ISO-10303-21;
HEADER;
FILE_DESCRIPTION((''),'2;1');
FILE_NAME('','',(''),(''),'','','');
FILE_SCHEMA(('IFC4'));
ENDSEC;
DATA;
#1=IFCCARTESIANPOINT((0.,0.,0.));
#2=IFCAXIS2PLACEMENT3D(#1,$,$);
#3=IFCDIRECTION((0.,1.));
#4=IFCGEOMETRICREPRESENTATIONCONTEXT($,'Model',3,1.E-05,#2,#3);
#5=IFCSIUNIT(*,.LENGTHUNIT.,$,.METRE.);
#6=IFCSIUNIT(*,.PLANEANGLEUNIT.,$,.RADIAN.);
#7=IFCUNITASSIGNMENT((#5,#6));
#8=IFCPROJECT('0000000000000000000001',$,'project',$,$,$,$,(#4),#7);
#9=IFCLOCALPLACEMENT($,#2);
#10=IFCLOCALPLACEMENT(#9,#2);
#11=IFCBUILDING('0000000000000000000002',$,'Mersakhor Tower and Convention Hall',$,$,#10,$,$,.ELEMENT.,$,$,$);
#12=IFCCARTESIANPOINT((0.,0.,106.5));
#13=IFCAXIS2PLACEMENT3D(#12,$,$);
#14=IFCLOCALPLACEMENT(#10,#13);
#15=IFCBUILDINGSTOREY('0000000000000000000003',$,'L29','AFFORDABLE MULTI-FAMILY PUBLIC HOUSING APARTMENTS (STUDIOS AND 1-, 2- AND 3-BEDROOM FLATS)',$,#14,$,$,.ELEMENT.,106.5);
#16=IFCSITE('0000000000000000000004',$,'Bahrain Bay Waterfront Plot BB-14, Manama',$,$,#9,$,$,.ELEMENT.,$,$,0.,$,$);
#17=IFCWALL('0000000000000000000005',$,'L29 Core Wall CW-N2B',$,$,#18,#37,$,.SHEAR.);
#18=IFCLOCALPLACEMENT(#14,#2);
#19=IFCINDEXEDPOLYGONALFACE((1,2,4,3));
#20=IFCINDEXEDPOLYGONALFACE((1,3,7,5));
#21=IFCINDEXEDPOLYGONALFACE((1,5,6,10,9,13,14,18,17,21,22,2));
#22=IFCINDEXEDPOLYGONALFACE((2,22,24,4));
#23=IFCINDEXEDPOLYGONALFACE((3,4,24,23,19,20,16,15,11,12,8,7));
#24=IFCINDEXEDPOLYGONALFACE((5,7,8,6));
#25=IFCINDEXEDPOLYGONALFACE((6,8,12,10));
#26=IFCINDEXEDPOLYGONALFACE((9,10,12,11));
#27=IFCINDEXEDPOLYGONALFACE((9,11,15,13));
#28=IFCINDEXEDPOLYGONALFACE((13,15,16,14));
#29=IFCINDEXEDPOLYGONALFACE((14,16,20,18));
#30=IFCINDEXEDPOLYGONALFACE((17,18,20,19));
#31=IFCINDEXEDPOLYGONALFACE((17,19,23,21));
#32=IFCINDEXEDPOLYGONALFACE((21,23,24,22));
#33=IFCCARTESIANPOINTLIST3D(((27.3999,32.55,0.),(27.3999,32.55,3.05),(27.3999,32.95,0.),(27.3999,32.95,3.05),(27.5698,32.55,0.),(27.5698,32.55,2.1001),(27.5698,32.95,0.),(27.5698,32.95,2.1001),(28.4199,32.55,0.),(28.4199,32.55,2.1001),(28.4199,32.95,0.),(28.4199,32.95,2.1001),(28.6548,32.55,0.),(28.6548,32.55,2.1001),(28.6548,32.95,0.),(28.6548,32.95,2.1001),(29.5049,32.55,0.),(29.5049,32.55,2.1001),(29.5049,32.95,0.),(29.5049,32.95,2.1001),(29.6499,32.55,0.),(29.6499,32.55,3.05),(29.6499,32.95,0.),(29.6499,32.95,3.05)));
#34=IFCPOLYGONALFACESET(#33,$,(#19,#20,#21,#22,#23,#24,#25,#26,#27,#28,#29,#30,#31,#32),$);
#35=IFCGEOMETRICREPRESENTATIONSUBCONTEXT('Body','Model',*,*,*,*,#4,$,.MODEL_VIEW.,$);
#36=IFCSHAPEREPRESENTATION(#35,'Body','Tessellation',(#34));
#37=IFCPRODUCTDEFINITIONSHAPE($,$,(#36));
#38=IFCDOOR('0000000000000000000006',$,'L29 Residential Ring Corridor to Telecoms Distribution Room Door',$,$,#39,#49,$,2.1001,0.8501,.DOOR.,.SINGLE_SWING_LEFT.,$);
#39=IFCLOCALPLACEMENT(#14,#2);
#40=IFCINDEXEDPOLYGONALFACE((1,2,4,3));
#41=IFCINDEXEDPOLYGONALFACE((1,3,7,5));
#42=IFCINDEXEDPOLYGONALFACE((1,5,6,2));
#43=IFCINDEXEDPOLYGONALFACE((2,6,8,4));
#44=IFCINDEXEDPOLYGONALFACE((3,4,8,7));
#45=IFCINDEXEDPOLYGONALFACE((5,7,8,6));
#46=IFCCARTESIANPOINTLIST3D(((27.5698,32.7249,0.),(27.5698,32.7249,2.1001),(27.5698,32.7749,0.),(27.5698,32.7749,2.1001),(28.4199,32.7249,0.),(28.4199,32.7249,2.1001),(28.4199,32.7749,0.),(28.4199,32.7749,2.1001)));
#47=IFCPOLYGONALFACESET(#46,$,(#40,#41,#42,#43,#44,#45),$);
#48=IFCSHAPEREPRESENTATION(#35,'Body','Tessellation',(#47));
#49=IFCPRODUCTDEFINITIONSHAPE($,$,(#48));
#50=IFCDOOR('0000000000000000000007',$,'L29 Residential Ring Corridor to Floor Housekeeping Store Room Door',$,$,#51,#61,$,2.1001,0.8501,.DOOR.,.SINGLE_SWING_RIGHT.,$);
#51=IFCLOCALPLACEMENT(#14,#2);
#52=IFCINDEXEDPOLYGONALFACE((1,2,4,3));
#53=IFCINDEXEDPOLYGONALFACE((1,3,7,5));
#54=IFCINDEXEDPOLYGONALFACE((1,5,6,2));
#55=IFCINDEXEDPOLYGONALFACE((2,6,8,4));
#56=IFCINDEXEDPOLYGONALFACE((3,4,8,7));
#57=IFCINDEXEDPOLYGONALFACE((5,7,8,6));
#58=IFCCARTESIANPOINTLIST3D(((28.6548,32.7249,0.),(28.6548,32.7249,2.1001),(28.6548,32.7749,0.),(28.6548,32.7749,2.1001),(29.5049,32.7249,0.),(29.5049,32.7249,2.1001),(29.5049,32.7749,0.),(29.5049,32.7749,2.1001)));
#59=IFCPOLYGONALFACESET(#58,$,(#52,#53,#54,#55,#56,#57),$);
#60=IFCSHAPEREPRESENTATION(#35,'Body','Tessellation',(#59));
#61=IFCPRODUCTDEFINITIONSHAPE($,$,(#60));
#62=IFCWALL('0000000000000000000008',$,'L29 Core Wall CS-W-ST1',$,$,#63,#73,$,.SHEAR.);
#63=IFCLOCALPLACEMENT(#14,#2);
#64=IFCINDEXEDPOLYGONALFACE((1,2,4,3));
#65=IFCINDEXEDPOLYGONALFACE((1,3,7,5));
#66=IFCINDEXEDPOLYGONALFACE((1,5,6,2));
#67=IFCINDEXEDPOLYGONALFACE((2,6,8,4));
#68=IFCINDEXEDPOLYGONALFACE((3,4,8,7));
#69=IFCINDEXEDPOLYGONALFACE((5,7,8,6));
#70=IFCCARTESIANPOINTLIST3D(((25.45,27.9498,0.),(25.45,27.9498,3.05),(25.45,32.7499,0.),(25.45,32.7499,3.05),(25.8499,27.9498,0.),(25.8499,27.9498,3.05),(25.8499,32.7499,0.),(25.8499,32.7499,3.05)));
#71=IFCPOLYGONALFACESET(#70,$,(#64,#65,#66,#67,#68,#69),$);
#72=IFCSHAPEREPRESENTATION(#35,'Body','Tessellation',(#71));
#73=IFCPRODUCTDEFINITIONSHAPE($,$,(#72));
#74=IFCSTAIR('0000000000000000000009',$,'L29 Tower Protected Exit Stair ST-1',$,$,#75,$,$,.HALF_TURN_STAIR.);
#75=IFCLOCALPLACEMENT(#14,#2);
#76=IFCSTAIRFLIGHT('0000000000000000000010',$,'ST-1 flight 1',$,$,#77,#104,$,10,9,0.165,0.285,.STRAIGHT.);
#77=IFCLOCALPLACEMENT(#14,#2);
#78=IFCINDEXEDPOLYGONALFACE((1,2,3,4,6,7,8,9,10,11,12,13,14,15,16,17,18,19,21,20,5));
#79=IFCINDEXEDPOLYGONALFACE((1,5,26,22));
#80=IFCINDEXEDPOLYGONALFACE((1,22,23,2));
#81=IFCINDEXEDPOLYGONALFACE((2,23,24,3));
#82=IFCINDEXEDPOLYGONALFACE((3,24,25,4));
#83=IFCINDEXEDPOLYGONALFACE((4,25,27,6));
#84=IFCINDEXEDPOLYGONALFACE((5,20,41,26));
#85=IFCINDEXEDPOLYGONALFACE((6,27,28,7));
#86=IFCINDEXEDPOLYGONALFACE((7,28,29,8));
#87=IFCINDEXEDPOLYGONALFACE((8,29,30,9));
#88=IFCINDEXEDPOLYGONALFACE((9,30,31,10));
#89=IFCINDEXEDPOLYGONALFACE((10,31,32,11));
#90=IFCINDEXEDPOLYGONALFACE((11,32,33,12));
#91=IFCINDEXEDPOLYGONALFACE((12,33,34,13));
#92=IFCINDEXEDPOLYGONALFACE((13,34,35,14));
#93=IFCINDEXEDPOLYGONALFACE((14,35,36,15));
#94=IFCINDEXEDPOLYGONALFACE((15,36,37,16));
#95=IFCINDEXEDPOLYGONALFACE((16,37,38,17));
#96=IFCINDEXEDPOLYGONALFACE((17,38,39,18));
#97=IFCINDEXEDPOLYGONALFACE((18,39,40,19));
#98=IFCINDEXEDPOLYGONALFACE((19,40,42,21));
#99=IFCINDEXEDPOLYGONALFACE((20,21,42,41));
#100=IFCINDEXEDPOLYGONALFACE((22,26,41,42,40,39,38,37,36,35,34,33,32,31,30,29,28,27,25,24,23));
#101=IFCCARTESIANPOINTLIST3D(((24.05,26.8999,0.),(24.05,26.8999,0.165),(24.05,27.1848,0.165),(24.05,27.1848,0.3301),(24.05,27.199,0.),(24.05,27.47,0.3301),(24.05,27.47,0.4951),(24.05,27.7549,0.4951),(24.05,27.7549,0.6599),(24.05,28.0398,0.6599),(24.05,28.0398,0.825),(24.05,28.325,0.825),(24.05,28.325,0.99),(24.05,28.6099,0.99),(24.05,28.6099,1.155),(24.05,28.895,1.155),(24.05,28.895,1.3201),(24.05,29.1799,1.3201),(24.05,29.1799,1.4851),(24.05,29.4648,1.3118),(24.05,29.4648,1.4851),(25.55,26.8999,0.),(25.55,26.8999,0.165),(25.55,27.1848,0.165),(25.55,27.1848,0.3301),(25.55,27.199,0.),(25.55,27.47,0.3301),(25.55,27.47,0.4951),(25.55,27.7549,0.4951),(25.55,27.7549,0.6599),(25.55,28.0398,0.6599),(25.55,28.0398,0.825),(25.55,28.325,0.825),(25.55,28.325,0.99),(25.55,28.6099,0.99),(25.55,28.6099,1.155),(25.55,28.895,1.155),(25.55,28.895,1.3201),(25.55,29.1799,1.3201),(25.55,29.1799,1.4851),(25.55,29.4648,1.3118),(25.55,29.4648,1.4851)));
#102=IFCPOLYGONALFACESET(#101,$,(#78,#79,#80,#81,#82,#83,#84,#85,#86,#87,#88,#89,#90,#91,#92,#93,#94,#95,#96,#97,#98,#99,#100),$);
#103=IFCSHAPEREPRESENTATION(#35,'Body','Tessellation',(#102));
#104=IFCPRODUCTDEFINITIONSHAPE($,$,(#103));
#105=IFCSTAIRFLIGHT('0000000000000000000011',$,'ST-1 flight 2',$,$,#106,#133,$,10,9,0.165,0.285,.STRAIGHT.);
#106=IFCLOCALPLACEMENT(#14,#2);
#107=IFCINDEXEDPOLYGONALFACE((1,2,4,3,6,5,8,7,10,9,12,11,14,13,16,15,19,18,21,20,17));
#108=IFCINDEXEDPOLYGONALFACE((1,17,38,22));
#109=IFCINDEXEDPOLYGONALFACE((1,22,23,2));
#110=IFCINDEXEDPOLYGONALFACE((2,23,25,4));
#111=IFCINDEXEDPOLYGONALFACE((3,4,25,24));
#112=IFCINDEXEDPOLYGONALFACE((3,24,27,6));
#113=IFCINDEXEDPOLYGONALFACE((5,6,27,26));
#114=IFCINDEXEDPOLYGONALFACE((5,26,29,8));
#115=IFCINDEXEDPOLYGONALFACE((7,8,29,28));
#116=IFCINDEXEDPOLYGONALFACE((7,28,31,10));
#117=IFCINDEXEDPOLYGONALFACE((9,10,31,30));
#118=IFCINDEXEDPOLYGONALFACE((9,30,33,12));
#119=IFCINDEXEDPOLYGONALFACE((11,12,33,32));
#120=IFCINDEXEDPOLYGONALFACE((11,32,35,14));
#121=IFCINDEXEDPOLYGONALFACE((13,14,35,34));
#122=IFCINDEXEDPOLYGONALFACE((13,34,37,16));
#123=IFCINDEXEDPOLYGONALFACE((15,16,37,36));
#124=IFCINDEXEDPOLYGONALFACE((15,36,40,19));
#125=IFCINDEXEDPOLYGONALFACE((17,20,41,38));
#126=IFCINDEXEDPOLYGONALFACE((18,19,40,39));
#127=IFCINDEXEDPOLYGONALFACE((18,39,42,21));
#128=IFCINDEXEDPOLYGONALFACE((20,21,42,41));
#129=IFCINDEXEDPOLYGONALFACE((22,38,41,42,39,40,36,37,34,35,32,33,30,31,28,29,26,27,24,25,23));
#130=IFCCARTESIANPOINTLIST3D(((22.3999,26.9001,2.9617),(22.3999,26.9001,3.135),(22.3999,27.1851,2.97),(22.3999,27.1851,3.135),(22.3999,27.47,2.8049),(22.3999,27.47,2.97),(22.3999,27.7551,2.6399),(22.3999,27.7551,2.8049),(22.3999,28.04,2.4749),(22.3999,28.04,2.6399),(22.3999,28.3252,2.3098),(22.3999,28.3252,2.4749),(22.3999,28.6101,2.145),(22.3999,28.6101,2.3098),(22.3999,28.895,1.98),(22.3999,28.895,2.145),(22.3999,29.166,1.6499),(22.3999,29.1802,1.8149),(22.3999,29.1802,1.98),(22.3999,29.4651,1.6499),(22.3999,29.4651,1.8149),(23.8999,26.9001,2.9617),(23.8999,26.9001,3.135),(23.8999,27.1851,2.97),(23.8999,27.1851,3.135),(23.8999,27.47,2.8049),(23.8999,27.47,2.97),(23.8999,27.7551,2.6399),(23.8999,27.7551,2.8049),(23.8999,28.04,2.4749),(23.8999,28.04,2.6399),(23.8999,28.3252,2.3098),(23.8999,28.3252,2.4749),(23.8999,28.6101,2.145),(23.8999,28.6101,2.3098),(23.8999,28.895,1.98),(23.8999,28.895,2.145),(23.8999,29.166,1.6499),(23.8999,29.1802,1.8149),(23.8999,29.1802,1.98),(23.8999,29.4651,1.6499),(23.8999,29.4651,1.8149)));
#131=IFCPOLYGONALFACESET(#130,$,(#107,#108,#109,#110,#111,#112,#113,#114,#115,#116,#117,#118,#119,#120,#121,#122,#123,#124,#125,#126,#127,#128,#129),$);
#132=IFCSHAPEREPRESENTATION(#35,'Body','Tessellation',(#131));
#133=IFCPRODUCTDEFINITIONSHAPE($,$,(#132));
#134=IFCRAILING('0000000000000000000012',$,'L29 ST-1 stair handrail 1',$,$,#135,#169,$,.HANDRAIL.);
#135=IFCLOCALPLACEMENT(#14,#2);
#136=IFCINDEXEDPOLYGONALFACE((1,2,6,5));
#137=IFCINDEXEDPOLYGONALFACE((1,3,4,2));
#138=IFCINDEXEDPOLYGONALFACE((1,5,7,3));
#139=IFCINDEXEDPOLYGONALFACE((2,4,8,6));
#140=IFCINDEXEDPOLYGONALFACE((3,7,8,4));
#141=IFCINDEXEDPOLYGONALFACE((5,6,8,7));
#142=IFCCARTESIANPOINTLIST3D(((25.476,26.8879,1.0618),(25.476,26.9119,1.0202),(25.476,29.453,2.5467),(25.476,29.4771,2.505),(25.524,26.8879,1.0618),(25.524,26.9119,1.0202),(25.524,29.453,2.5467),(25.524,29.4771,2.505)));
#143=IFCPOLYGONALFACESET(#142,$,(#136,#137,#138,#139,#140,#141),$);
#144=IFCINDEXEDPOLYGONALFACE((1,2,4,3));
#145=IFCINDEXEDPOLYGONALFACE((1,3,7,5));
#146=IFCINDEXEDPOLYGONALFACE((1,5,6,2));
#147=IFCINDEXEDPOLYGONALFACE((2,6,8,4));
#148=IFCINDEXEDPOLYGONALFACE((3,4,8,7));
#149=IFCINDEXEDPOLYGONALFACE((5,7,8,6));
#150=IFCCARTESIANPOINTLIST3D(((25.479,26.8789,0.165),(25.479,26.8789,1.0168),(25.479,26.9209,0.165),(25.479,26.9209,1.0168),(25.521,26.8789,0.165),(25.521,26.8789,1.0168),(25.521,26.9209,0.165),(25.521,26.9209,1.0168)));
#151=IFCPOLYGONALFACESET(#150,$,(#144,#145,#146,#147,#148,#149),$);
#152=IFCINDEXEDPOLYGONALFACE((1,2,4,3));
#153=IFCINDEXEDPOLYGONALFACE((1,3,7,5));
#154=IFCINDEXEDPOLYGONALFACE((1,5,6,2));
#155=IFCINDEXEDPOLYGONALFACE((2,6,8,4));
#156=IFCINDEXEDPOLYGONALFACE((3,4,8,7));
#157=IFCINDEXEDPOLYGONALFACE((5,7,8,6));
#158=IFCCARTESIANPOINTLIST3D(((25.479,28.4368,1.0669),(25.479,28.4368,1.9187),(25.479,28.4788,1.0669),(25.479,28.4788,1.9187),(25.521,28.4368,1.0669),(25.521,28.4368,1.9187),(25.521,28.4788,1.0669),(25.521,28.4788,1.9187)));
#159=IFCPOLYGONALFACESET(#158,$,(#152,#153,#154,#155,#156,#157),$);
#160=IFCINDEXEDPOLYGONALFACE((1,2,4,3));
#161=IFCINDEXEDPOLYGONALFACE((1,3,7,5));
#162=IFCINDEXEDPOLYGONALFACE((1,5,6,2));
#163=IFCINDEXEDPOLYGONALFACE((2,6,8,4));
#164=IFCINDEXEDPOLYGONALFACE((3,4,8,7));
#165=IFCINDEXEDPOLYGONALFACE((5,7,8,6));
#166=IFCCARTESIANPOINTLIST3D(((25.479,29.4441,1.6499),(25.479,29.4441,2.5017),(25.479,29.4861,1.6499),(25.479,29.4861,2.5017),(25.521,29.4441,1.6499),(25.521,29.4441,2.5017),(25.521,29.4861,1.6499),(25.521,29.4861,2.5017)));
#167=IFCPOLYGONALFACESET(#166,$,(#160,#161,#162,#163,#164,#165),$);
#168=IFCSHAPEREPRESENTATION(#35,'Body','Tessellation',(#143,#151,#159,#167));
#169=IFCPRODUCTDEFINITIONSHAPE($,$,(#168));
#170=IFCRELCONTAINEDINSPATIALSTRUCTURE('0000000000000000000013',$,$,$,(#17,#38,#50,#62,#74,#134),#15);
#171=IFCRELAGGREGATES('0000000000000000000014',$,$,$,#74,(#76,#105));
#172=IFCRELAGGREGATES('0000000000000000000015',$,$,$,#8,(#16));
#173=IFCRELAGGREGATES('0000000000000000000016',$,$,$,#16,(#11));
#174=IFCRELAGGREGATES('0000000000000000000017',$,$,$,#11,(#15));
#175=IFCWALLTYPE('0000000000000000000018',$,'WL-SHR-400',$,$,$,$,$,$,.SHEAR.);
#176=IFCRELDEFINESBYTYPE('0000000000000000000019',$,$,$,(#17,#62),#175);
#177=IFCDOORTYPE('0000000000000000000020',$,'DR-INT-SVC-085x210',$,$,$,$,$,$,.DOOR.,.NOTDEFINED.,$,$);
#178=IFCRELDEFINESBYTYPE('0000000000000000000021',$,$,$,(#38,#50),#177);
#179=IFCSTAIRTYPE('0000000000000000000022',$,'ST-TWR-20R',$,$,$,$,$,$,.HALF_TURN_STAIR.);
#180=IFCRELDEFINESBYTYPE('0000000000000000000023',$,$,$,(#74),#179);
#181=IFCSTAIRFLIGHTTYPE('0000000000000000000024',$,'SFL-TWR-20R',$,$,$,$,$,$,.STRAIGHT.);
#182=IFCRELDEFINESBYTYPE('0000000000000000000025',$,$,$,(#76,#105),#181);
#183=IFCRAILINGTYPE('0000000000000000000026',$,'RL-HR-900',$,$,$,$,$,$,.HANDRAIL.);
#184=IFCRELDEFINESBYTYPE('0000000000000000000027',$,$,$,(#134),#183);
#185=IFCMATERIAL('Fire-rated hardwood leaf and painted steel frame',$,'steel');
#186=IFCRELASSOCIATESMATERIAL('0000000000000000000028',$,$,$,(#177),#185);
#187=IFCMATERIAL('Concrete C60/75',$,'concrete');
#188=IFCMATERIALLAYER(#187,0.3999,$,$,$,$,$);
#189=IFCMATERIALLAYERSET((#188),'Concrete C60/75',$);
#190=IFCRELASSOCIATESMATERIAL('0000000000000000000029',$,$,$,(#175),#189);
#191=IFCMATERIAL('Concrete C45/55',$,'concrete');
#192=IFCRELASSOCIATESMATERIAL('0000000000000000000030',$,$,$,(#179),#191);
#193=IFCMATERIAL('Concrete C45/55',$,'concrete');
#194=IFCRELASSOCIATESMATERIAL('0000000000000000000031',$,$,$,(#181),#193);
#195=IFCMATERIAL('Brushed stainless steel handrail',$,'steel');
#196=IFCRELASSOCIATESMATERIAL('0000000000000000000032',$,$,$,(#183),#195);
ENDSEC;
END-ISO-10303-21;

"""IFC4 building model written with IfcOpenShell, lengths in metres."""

from ifc_helpers import new_model, si_unit, direction, frame, frame_2d, origin, origin_2d, place, context, subcontext, project, spatial, polyline, rectangle, outline, extrude, material, layer, layer_set, type_object, element, fill, aggregate, save


model = new_model("IFC4")

# Units and contexts
model_context = context("Model", 3, precision=1e-05, world=origin(), true_north=direction((0.0, 1.0)))
body_context = subcontext(model_context, "Body", "Model", "MODEL_VIEW")
ifc_project = project(units=[si_unit("LENGTHUNIT", "METRE"), si_unit("PLANEANGLEUNIT", "RADIAN")], contexts=[model_context])

# Site, building, storey
site_placement = place(None, origin())
site = spatial("IfcSite", under=ifc_project, at=site_placement, Name="Bahrain Bay Waterfront Plot BB-14, Manama", CompositionType="ELEMENT", RefElevation=0.0)
building_placement = place(site_placement, origin())
building = spatial("IfcBuilding", under=site, at=building_placement, Name="Mersakhor Tower and Convention Hall", CompositionType="ELEMENT")
storey_placement = place(building_placement, frame((0.0, 0.0, 106.5)))
storey = spatial("IfcBuildingStorey", under=building, at=storey_placement, Name="L29", Description="AFFORDABLE MULTI-FAMILY PUBLIC HOUSING APARTMENTS (STUDIOS AND 1-, 2- AND 3-BEDROOM FLATS)", CompositionType="ELEMENT", Elevation=106.5)

# Shared definitions
ifc_material_1 = material(Name="Fire-rated hardwood leaf and painted steel frame", Category="steel")
door_type_1 = type_object("IfcDoorType", Name="DR-INT-SVC-085x210", OperationType="NOTDEFINED", PredefinedType="DOOR", material=ifc_material_1)

# Shared definitions
ifc_material_2 = material(Name="Concrete C60/75", Category="concrete")
ifc_layer_1 = layer(ifc_material_2, 0.3999)
ifc_layer_set_1 = layer_set([ifc_layer_1], Name="Concrete C60/75")
wall_type_1 = type_object("IfcWallType", Name="WL-SHR-400", PredefinedType="SHEAR", material=ifc_layer_set_1)

# Wall, openings, doors
wall_1_placement = place(storey_placement, frame((27.3999, 32.75, 0.0), z_axis=(0.0, 0.0, 1.0), x_axis=(1.0, 0.0, 0.0)))
wall_1 = element("IfcWall", 1, at=wall_1_placement, inside=storey, type_object=wall_type_1, Name="L29 Core Wall CW-N2B", PredefinedType="SHEAR", context=body_context, shape_type="SweptSolid", body=[
    extrude(rectangle(XDim=2.25, YDim=0.3999, at=frame_2d((1.125, 0.0))), origin(), (0.0, 0.0, 1.0), 3.05),
])
opening_1_placement = place(wall_1_placement, frame((0.1699, 0.0, 0.0)))
opening_1 = element("IfcOpeningElement", 2, at=opening_1_placement, cuts=wall_1, PredefinedType="OPENING", context=body_context, shape_type="SweptSolid", body=[
    extrude(rectangle(XDim=0.8501, YDim=2.1001, at=frame_2d((0.425, 1.05))), frame((0.0, 0.21, 0.0), z_axis=(0.0, -1.0, 0.0), x_axis=(1.0, 0.0, 0.0)), (0.0, 0.0, 1.0), 0.4199),
])
opening_2_placement = place(wall_1_placement, frame((1.2549, 0.0, 0.0)))
opening_2 = element("IfcOpeningElement", 3, at=opening_2_placement, cuts=wall_1, PredefinedType="OPENING", context=body_context, shape_type="SweptSolid", body=[
    extrude(rectangle(XDim=0.8501, YDim=2.1001, at=frame_2d((0.425, 1.05))), frame((0.0, 0.21, 0.0), z_axis=(0.0, -1.0, 0.0), x_axis=(1.0, 0.0, 0.0)), (0.0, 0.0, 1.0), 0.4199),
])
door_1_placement = place(opening_1_placement, origin())
door_1 = element("IfcDoor", 4, at=door_1_placement, inside=storey, type_object=door_type_1, Name="L29 Residential Ring Corridor to Telecoms Distribution Room Door", OperationType="SINGLE_SWING_LEFT", OverallHeight=2.1001, OverallWidth=0.8501, PredefinedType="DOOR", context=body_context, shape_type="SweptSolid", body=[
    extrude(rectangle(XDim=0.8501, YDim=2.1001, at=frame_2d((0.425, 1.05))), frame((0.0, 0.0249, 0.0), z_axis=(0.0, -1.0, 0.0), x_axis=(1.0, 0.0, 0.0)), (0.0, 0.0, 1.0), 0.05),
])
fill(opening_1, door_1)
door_2_placement = place(opening_2_placement, origin())
door_2 = element("IfcDoor", 5, at=door_2_placement, inside=storey, type_object=door_type_1, Name="L29 Residential Ring Corridor to Floor Housekeeping Store Room Door", OperationType="SINGLE_SWING_RIGHT", OverallHeight=2.1001, OverallWidth=0.8501, PredefinedType="DOOR", context=body_context, shape_type="SweptSolid", body=[
    extrude(rectangle(XDim=0.8501, YDim=2.1001, at=frame_2d((0.425, 1.05))), frame((0.0, 0.0249, 0.0), z_axis=(0.0, -1.0, 0.0), x_axis=(1.0, 0.0, 0.0)), (0.0, 0.0, 1.0), 0.05),
])
fill(opening_2, door_2)

# Wall
wall_2_placement = place(storey_placement, frame((25.6499, 27.95, 0.0), z_axis=(0.0, 0.0, 1.0), x_axis=(0.0, 1.0, 0.0)))
element("IfcWall", 6, at=wall_2_placement, inside=storey, type_object=wall_type_1, Name="L29 Core Wall CS-W-ST1", PredefinedType="SHEAR", context=body_context, shape_type="SweptSolid", body=[
    extrude(rectangle(XDim=4.8, YDim=0.3999, at=frame_2d((2.3999, 0.0))), origin(), (0.0, 0.0, 1.0), 3.05),
])

# Stair, stair flights
ifc_material_3 = material(Name="Concrete C45/55", Category="concrete")
stair_type = type_object("IfcStairType", Name="ST-TWR-20R", PredefinedType="HALF_TURN_STAIR", material=ifc_material_3)
stair_placement = place(storey_placement, origin())
stair = element("IfcStair", 7, at=stair_placement, inside=storey, type_object=stair_type, Name="L29 Tower Protected Exit Stair ST-1", PredefinedType="HALF_TURN_STAIR")
ifc_material_4 = material(Name="Concrete C45/55", Category="concrete")
stair_flight_type = type_object("IfcStairFlightType", Name="SFL-TWR-20R", PredefinedType="STRAIGHT", material=ifc_material_4)
stair_flight_1_placement = place(storey_placement, frame((24.8, 26.8999, 0.0), z_axis=(0.0, 0.0, 1.0), x_axis=(0.0, 1.0, 0.0)))
stair_flight_1 = element("IfcStairFlight", 8, at=stair_flight_1_placement, type_object=stair_flight_type, Name="ST-1 flight 1", NumberOfRisers=10, NumberOfTreads=9, PredefinedType="STRAIGHT", RiserHeight=0.165, TreadLength=0.285, context=body_context, shape_type="SweptSolid", body=[
    extrude(outline(polyline([(0.0, 0.0), (0.0, 0.165), (0.2849, 0.165), (0.2849, 0.3301), (0.5701, 0.3301), (0.5701, 0.4951), (0.855, 0.4951), (0.855, 0.6599), (1.1399, 0.6599), (1.1399, 0.825), (1.425, 0.825), (1.425, 0.99), (1.71, 0.99), (1.71, 1.155), (1.9951, 1.155), (1.9951, 1.3201), (2.28, 1.3201), (2.28, 1.4851), (2.5649, 1.4851), (2.5649, 1.6499), (2.5649, 1.3118), (0.2991, 0.0), (0.0, 0.0)])), frame((0.0, 0.75, 0.0), z_axis=(0.0, -1.0, 0.0), x_axis=(1.0, 0.0, 0.0)), (0.0, 0.0, 1.0), 1.5),
])
stair_flight_2_placement = place(storey_placement, frame((23.1499, 29.4651, 1.6499), z_axis=(0.0, 0.0, 1.0), x_axis=(0.0, -1.0, 0.0)))
stair_flight_2 = element("IfcStairFlight", 9, at=stair_flight_2_placement, type_object=stair_flight_type, Name="ST-1 flight 2", NumberOfRisers=10, NumberOfTreads=9, PredefinedType="STRAIGHT", RiserHeight=0.165, TreadLength=0.285, context=body_context, shape_type="SweptSolid", body=[
    extrude(outline(polyline([(0.0, 0.0), (0.0, 0.165), (0.2849, 0.165), (0.2849, 0.3301), (0.5701, 0.3301), (0.5701, 0.4951), (0.855, 0.4951), (0.855, 0.6599), (1.1399, 0.6599), (1.1399, 0.825), (1.425, 0.825), (1.425, 0.99), (1.71, 0.99), (1.71, 1.155), (1.9951, 1.155), (1.9951, 1.3201), (2.28, 1.3201), (2.28, 1.4851), (2.5649, 1.4851), (2.5649, 1.6499), (2.5649, 1.3118), (0.2991, 0.0), (0.0, 0.0)])), frame((0.0, 0.75, 0.0), z_axis=(0.0, -1.0, 0.0), x_axis=(1.0, 0.0, 0.0)), (0.0, 0.0, 1.0), 1.5),
])
aggregate(stair, [stair_flight_1, stair_flight_2])

# Railing
ifc_material_5 = material(Name="Brushed stainless steel handrail", Category="steel")
railing_type_1 = type_object("IfcRailingType", Name="RL-HR-900", PredefinedType="HANDRAIL", material=ifc_material_5)
railing_1_placement = place(storey_placement, frame((25.5, 26.8999, 0.165)))
element("IfcRailing", 10, at=railing_1_placement, inside=storey, type_object=railing_type_1, Name="L29 ST-1 stair handrail 1", PredefinedType="HANDRAIL", context=body_context, shape_type="SweptSolid", body=[
    extrude(rectangle(XDim=0.0481, YDim=0.0481, at=origin_2d()), frame((0.0, 0.0, 0.876), z_axis=(0.0, 0.865462, 0.500975), x_axis=(-1.0, 0.0, 0.0)), (0.0, 0.0, 1.0), 2.9639),
    extrude(rectangle(XDim=0.042, YDim=0.042, at=origin_2d()), origin(), (0.0, 0.0, 1.0), 0.8518),
    extrude(rectangle(XDim=0.042, YDim=0.042, at=origin_2d()), frame((0.0, 1.5579, 0.9019)), (0.0, 0.0, 1.0), 0.8518),
    extrude(rectangle(XDim=0.042, YDim=0.042, at=origin_2d()), frame((0.0, 2.5652, 1.4849)), (0.0, 0.0, 1.0), 0.8518),
])

save(model, "model.ifc")
